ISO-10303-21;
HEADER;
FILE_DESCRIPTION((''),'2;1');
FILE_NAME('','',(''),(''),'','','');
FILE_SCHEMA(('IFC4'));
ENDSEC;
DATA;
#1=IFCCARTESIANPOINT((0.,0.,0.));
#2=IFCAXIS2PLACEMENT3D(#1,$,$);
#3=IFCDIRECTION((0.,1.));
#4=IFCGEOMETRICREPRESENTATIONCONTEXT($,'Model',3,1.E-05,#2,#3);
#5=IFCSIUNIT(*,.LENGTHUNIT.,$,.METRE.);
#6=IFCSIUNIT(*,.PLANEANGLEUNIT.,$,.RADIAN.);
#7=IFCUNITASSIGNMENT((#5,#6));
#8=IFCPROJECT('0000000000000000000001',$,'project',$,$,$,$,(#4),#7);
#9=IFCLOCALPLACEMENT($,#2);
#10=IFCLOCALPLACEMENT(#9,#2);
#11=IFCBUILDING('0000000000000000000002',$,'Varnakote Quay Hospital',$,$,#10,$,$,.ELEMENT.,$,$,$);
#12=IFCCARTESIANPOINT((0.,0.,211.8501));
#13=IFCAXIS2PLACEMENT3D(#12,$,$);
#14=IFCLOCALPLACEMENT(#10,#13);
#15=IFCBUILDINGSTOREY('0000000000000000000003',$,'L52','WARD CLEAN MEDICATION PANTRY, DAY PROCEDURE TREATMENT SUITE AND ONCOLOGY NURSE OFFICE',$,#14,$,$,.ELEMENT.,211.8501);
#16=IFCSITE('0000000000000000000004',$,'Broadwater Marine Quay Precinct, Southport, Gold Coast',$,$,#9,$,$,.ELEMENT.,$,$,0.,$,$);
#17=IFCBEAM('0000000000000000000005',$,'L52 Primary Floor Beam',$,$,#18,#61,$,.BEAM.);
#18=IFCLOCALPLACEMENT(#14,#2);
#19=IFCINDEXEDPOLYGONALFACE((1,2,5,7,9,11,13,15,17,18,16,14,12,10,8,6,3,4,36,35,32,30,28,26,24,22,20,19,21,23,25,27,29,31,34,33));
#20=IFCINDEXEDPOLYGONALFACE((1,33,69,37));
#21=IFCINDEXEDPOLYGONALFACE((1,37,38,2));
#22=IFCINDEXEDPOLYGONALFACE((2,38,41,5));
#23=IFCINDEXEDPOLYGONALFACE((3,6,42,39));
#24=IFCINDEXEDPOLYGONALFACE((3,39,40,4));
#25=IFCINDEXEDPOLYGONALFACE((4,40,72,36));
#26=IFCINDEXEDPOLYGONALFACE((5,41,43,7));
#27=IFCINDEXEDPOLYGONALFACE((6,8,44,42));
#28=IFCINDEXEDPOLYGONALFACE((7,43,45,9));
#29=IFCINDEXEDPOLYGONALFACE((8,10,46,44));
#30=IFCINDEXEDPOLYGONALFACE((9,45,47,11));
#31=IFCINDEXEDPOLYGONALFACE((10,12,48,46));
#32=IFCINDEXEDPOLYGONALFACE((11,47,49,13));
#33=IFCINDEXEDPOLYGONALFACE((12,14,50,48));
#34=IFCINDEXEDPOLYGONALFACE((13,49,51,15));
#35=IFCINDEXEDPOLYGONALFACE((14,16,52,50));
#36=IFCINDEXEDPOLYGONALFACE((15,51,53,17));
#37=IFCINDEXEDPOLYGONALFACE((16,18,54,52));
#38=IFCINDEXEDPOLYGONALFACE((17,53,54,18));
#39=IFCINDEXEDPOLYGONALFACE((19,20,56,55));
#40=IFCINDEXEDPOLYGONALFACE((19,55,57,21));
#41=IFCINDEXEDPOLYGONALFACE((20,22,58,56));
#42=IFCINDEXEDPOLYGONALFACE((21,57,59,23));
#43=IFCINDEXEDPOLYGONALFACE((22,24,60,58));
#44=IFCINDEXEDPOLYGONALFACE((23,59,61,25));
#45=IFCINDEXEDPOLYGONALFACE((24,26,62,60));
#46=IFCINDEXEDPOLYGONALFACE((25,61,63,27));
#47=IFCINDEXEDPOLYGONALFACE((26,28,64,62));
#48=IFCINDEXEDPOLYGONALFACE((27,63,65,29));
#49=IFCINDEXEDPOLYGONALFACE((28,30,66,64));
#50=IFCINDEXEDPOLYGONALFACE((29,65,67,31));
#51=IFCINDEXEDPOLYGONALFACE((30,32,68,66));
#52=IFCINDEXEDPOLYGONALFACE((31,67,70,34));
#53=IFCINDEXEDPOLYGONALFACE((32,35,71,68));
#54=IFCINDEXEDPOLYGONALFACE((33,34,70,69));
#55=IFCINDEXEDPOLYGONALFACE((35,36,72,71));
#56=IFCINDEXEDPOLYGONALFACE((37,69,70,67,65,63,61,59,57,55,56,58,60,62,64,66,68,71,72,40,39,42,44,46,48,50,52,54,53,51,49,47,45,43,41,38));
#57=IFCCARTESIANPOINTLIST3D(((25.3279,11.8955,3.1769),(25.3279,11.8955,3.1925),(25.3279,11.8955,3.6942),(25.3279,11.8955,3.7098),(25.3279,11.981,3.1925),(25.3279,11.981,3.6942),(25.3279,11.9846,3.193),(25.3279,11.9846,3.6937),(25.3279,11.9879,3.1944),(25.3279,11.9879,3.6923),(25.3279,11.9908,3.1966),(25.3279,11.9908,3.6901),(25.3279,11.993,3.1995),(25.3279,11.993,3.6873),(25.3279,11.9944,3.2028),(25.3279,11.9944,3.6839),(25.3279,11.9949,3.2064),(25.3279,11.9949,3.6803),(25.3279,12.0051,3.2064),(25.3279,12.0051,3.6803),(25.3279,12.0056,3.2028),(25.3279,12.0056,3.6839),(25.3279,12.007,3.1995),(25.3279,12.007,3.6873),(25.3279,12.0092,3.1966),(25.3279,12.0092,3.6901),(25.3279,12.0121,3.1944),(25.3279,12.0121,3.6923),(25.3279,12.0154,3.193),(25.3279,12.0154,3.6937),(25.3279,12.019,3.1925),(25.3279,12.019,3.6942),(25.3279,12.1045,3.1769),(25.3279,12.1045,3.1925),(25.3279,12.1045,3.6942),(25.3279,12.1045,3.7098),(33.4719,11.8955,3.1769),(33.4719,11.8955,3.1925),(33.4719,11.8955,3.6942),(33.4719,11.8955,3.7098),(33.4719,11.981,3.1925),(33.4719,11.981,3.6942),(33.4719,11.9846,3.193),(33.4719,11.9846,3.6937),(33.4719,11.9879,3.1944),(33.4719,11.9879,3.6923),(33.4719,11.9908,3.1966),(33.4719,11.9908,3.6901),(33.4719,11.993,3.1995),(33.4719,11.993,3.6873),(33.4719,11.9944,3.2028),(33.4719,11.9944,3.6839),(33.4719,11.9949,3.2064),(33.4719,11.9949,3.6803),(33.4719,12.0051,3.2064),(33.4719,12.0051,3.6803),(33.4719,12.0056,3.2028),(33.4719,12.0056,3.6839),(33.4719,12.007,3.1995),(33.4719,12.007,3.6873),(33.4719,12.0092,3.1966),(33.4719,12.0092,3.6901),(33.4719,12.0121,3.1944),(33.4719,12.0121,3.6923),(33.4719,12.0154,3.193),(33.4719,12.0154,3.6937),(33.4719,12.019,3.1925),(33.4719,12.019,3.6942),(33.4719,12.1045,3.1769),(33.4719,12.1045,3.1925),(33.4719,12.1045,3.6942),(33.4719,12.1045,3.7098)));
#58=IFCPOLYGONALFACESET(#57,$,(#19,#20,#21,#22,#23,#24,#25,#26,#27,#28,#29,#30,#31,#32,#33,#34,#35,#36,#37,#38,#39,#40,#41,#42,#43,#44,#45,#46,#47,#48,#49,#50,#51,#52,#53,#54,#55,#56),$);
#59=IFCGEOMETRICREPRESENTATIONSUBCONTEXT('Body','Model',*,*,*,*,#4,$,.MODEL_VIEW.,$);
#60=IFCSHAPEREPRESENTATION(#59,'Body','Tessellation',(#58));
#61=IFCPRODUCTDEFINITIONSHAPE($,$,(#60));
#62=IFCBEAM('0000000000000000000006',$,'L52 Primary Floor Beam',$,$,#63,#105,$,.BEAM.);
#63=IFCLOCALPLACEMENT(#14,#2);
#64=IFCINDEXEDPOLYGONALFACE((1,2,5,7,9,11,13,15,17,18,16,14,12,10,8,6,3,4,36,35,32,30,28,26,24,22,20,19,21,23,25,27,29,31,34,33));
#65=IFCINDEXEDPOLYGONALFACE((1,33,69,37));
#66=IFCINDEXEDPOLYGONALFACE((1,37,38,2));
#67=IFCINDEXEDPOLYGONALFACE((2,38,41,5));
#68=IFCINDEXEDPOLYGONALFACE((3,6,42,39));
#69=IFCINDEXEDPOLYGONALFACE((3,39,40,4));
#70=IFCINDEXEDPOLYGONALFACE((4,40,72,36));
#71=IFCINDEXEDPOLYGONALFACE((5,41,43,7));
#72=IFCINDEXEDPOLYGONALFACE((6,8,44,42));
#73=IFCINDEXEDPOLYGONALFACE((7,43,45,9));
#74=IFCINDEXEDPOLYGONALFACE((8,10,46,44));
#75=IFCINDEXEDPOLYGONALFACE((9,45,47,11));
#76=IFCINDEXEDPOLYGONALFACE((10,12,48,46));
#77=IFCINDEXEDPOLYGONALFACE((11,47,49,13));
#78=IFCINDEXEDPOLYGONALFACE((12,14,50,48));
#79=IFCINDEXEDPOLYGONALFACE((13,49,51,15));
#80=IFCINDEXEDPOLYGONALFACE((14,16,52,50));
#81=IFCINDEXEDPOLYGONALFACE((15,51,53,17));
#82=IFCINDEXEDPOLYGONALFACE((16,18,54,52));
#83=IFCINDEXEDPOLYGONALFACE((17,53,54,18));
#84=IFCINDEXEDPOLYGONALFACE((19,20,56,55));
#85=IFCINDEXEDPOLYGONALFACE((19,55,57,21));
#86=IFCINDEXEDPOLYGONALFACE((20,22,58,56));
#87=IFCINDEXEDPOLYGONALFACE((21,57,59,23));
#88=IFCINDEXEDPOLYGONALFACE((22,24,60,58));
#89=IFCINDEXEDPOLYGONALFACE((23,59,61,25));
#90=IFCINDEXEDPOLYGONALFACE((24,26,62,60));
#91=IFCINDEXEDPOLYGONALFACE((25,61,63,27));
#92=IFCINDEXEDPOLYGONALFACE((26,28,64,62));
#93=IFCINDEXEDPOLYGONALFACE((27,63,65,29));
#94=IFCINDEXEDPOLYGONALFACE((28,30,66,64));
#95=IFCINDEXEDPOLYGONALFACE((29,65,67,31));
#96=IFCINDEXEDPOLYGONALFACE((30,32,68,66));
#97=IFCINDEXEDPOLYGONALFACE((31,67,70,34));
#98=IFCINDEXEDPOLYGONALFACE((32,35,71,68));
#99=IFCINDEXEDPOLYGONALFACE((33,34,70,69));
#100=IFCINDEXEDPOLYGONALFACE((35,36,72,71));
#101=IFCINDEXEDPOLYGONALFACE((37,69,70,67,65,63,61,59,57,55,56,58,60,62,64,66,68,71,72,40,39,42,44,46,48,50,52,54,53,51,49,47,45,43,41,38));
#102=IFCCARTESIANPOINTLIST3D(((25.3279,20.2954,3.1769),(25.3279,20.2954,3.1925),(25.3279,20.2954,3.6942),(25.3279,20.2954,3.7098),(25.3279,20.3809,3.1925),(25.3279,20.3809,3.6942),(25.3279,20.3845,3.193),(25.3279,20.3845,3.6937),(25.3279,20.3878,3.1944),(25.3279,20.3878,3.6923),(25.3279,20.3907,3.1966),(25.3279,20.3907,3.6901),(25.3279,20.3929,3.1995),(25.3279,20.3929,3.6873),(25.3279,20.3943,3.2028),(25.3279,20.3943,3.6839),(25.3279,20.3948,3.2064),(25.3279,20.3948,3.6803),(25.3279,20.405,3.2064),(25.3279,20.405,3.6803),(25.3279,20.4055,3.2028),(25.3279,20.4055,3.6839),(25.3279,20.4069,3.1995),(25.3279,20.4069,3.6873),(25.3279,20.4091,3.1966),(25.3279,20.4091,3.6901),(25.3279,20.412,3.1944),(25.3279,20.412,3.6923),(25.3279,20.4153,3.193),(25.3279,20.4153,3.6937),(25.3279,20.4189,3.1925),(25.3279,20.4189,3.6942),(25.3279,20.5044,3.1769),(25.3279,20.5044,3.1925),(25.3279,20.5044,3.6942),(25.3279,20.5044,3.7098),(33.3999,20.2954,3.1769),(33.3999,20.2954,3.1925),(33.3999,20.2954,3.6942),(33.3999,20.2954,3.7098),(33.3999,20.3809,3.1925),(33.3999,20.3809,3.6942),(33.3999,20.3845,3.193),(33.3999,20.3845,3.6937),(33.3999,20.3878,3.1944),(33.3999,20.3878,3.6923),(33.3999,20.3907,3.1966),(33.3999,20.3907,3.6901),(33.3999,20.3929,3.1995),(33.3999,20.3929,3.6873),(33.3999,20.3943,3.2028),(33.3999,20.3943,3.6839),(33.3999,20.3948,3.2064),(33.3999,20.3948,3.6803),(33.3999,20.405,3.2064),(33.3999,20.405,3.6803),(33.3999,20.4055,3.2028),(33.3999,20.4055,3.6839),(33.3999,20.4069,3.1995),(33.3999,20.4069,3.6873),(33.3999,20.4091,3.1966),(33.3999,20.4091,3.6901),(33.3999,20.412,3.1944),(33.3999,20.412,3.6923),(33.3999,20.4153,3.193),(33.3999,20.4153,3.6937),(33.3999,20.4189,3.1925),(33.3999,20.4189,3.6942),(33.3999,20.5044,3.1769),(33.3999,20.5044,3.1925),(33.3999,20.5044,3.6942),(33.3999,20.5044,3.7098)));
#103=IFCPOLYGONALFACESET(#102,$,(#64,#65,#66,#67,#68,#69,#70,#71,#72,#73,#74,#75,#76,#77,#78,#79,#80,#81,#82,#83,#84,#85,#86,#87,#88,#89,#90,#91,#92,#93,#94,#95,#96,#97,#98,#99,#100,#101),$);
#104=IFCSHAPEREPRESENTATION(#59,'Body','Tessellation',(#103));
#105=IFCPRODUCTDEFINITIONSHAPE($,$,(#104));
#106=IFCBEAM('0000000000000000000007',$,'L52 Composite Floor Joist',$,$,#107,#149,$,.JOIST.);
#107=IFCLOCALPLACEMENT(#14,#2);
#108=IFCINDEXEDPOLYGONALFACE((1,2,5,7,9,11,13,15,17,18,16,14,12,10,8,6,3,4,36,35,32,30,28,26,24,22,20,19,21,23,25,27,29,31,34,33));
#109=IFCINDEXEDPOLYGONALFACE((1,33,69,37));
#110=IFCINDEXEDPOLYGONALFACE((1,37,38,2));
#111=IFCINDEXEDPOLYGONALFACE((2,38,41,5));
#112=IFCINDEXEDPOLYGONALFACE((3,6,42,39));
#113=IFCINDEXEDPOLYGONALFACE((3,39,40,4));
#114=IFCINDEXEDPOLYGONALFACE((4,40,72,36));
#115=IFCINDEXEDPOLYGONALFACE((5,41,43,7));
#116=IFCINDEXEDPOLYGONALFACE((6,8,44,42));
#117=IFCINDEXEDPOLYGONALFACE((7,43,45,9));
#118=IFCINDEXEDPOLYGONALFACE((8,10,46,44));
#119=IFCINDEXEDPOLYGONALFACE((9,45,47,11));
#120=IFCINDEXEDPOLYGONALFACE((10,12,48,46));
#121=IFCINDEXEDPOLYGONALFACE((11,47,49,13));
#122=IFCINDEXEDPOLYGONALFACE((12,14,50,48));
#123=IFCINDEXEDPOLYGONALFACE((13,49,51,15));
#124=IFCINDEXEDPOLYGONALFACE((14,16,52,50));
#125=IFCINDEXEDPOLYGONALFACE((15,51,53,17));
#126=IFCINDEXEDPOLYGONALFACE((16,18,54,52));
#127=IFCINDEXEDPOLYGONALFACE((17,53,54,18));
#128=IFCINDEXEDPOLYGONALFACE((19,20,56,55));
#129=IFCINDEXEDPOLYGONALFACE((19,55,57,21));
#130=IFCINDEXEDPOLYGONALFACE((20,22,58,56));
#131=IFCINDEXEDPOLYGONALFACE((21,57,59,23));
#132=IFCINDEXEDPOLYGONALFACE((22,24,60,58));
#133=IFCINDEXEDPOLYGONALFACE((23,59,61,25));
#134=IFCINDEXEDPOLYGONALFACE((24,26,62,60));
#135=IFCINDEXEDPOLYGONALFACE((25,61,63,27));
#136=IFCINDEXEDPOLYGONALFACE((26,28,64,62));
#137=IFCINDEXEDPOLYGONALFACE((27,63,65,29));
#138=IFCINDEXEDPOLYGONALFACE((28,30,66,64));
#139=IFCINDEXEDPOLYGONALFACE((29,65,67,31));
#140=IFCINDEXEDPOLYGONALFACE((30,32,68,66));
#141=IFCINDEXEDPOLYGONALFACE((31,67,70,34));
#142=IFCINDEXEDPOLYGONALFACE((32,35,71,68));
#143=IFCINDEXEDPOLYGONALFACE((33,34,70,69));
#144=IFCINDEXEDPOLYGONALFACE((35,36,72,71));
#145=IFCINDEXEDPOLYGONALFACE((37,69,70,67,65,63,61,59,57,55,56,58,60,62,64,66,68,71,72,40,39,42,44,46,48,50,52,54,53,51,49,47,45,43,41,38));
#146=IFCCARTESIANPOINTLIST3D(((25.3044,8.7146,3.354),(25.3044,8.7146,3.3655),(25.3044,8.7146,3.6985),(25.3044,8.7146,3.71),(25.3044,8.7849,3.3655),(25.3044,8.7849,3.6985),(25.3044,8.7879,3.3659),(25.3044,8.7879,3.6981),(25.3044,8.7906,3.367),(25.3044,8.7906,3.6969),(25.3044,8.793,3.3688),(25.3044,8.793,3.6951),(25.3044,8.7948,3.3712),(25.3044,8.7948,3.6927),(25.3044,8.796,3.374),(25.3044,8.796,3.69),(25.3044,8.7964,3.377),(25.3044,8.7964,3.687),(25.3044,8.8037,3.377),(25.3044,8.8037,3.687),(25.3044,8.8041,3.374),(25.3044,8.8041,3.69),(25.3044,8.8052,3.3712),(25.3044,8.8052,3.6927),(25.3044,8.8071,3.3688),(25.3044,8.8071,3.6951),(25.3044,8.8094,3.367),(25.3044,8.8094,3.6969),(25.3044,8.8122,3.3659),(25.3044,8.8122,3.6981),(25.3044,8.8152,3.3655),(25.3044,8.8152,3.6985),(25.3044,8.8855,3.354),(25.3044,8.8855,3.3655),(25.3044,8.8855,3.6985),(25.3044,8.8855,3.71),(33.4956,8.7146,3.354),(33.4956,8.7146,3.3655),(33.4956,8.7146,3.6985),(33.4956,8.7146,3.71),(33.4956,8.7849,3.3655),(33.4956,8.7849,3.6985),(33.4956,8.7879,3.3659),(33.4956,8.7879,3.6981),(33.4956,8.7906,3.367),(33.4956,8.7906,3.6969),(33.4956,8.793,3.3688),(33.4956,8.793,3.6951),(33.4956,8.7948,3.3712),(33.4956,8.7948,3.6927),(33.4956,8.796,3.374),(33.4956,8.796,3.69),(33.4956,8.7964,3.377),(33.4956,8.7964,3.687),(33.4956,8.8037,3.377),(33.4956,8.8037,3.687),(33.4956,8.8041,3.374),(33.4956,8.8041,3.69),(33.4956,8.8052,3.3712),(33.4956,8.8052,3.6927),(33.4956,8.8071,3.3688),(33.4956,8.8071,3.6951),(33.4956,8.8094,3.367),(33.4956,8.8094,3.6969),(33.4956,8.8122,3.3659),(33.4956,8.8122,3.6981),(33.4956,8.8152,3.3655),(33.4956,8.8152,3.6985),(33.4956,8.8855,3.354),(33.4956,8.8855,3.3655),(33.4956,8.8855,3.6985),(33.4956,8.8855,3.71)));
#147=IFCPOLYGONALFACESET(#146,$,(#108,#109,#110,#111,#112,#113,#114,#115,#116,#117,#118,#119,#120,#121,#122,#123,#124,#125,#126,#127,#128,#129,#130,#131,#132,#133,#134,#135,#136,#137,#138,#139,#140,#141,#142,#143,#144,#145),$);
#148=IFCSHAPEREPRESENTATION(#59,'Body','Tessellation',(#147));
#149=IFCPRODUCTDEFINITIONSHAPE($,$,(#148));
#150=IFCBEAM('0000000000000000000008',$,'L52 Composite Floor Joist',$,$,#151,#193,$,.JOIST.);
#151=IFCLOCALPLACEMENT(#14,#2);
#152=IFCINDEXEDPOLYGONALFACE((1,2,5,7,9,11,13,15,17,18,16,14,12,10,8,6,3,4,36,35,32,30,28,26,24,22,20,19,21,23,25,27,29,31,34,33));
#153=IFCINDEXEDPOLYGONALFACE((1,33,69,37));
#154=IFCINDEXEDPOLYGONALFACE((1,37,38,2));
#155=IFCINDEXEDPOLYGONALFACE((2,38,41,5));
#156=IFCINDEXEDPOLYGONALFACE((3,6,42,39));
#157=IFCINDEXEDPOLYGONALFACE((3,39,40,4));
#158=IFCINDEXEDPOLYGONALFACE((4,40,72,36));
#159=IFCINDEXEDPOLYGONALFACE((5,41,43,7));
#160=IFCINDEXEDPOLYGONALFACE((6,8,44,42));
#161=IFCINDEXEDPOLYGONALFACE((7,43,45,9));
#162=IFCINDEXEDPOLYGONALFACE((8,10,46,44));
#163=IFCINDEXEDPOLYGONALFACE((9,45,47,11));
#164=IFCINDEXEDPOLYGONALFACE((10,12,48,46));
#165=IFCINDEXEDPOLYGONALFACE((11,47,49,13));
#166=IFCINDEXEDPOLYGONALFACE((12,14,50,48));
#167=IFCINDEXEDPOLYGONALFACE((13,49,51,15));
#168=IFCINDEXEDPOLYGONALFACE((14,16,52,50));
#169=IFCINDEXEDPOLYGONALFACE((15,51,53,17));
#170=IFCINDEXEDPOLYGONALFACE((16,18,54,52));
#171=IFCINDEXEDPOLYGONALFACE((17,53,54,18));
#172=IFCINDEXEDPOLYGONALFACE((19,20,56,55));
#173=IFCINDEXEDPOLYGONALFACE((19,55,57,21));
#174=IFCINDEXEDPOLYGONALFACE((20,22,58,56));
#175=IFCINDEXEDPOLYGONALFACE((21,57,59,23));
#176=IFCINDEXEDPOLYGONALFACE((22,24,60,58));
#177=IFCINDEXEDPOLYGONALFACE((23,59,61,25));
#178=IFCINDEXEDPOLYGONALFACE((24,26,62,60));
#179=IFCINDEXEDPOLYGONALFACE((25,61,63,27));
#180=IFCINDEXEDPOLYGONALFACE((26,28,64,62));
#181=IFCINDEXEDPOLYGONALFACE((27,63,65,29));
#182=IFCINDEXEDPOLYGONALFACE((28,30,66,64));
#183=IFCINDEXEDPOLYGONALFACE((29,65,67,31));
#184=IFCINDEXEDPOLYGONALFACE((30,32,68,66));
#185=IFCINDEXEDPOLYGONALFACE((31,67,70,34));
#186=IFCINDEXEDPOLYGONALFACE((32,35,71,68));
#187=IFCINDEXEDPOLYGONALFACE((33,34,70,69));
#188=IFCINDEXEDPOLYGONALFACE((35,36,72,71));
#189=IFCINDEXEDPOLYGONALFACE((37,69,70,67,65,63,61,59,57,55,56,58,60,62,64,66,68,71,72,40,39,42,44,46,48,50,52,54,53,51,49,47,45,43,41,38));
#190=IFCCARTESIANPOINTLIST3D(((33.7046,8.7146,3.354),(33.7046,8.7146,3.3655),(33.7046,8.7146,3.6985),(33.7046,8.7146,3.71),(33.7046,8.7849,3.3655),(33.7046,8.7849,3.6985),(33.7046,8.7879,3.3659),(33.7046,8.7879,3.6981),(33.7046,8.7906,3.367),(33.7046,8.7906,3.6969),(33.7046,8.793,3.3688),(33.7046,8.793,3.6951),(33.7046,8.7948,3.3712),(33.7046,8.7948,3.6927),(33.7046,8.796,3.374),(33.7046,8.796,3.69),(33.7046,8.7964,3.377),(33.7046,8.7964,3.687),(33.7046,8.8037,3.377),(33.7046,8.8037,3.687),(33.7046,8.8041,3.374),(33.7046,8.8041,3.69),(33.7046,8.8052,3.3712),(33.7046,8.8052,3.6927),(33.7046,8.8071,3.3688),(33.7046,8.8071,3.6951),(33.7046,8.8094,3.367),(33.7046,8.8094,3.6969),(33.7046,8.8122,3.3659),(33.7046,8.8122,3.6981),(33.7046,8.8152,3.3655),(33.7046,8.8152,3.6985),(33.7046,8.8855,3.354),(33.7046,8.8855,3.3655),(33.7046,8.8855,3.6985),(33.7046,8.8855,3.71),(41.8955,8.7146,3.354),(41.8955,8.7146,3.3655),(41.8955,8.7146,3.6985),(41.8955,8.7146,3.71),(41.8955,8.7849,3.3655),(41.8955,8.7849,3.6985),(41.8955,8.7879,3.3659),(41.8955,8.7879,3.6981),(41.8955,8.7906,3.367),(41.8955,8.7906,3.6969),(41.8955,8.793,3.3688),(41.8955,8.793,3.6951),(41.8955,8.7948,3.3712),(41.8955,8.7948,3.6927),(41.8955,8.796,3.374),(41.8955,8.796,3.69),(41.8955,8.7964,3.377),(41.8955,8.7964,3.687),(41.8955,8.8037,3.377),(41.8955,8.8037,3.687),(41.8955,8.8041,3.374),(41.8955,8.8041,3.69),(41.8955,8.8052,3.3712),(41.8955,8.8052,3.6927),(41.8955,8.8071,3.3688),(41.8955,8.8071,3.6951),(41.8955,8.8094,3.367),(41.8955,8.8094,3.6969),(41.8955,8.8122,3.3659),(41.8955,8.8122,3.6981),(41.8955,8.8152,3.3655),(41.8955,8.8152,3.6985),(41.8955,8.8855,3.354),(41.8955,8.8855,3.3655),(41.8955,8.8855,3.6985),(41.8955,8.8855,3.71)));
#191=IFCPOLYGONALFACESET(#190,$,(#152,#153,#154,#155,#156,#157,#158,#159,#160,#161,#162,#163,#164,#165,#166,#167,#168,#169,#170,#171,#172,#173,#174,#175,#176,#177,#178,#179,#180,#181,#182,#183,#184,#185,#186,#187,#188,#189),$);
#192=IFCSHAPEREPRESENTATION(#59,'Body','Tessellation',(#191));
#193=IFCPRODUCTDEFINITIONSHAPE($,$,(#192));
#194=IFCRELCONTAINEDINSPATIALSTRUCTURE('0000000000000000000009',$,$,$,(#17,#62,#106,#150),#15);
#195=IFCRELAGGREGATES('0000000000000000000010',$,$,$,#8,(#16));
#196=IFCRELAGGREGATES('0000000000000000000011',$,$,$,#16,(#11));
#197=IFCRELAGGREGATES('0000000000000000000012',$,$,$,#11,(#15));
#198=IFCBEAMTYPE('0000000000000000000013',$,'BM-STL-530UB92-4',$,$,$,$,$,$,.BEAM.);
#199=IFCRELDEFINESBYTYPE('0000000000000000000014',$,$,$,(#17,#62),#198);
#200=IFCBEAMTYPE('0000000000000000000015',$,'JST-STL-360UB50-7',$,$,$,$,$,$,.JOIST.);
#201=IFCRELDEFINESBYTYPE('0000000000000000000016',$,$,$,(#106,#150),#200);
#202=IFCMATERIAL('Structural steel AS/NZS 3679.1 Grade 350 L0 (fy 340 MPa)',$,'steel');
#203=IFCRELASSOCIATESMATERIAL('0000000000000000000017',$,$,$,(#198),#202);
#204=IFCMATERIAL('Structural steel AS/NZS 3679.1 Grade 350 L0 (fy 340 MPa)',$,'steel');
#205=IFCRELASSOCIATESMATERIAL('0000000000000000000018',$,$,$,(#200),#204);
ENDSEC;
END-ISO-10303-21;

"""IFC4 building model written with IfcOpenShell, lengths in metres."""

from ifc_helpers import new_model, si_unit, direction, frame, origin, origin_2d, place, context, subcontext, project, spatial, i_section, extrude, material, material_profile, profile_set, type_object, element, save


model = new_model("IFC4")

# Units and contexts
model_context = context("Model", 3, precision=1e-05, world=origin(), true_north=direction((0.0, 1.0)))
body_context = subcontext(model_context, "Body", "Model", "MODEL_VIEW")
ifc_project = project(units=[si_unit("LENGTHUNIT", "METRE"), si_unit("PLANEANGLEUNIT", "RADIAN")], contexts=[model_context])

# Site, building, storey
site_placement = place(None, origin())
site = spatial("IfcSite", under=ifc_project, at=site_placement, Name="Broadwater Marine Quay Precinct, Southport, Gold Coast", CompositionType="ELEMENT", RefElevation=0.0)
building_placement = place(site_placement, origin())
building = spatial("IfcBuilding", under=site, at=building_placement, Name="Varnakote Quay Hospital", CompositionType="ELEMENT")
storey_placement = place(building_placement, frame((0.0, 0.0, 211.8501)))
storey = spatial("IfcBuildingStorey", under=building, at=storey_placement, Name="L52", Description="WARD CLEAN MEDICATION PANTRY, DAY PROCEDURE TREATMENT SUITE AND ONCOLOGY NURSE OFFICE", CompositionType="ELEMENT", Elevation=211.8501)

# Beams
ifc_material_1 = material(Name="Structural steel AS/NZS 3679.1 Grade 350 L0 (fy 340 MPa)", Category="steel")
ifc_material_profile_1 = material_profile(ifc_material_1, i_section(OverallWidth=0.209, OverallDepth=0.533, WebThickness=0.0103, FlangeThickness=0.0156, FilletRadius=0.0139, at=origin_2d()), Name="530UB92.4")
ifc_profile_set_1 = profile_set([ifc_material_profile_1], Name="Structural steel AS/NZS 3679.1 Grade 350 L0 (fy 340 MPa)")
beam_type_1 = type_object("IfcBeamType", Name="BM-STL-530UB92-4", PredefinedType="BEAM", material=ifc_profile_set_1)
beam_1_placement = place(storey_placement, frame((25.3279, 12.0, 3.4434), z_axis=(1.0, 0.0, 0.0), x_axis=(0.0, 1.0, 0.0)))
element("IfcBeam", 1, at=beam_1_placement, inside=storey, type_object=beam_type_1, Name="L52 Primary Floor Beam", PredefinedType="BEAM", context=body_context, shape_type="SweptSolid", body=[
    extrude(i_section(OverallWidth=0.209, OverallDepth=0.533, WebThickness=0.0103, FlangeThickness=0.0156, FilletRadius=0.0139, at=origin_2d()), origin(), (0.0, 0.0, 1.0), 8.144),
])
beam_2_placement = place(storey_placement, frame((25.3279, 20.3999, 3.4434), z_axis=(1.0, 0.0, 0.0), x_axis=(0.0, 1.0, 0.0)))
element("IfcBeam", 2, at=beam_2_placement, inside=storey, type_object=beam_type_1, Name="L52 Primary Floor Beam", PredefinedType="BEAM", context=body_context, shape_type="SweptSolid", body=[
    extrude(i_section(OverallWidth=0.209, OverallDepth=0.533, WebThickness=0.0103, FlangeThickness=0.0156, FilletRadius=0.0139, at=origin_2d()), origin(), (0.0, 0.0, 1.0), 8.072),
])
ifc_material_2 = material(Name="Structural steel AS/NZS 3679.1 Grade 350 L0 (fy 340 MPa)", Category="steel")
ifc_material_profile_2 = material_profile(ifc_material_2, i_section(OverallWidth=0.1709, OverallDepth=0.356, WebThickness=0.0073, FlangeThickness=0.0115, FilletRadius=0.0115, at=origin_2d()), Name="360UB50.7")
ifc_profile_set_2 = profile_set([ifc_material_profile_2], Name="Structural steel AS/NZS 3679.1 Grade 350 L0 (fy 340 MPa)")
beam_type_2 = type_object("IfcBeamType", Name="JST-STL-360UB50-7", PredefinedType="JOIST", material=ifc_profile_set_2)
beam_3_placement = place(storey_placement, frame((25.3044, 8.8, 3.532), z_axis=(1.0, 0.0, 0.0), x_axis=(0.0, 1.0, 0.0)))
element("IfcBeam", 3, at=beam_3_placement, inside=storey, type_object=beam_type_2, Name="L52 Composite Floor Joist", PredefinedType="JOIST", context=body_context, shape_type="SweptSolid", body=[
    extrude(i_section(OverallWidth=0.1709, OverallDepth=0.356, WebThickness=0.0073, FlangeThickness=0.0115, FilletRadius=0.0115, at=origin_2d()), origin(), (0.0, 0.0, 1.0), 8.1912),
])
beam_4_placement = place(storey_placement, frame((33.7046, 8.8, 3.532), z_axis=(1.0, 0.0, 0.0), x_axis=(0.0, 1.0, 0.0)))
element("IfcBeam", 4, at=beam_4_placement, inside=storey, type_object=beam_type_2, Name="L52 Composite Floor Joist", PredefinedType="JOIST", context=body_context, shape_type="SweptSolid", body=[
    extrude(i_section(OverallWidth=0.1709, OverallDepth=0.356, WebThickness=0.0073, FlangeThickness=0.0115, FilletRadius=0.0115, at=origin_2d()), origin(), (0.0, 0.0, 1.0), 8.1909),
])

save(model, "model.ifc")
